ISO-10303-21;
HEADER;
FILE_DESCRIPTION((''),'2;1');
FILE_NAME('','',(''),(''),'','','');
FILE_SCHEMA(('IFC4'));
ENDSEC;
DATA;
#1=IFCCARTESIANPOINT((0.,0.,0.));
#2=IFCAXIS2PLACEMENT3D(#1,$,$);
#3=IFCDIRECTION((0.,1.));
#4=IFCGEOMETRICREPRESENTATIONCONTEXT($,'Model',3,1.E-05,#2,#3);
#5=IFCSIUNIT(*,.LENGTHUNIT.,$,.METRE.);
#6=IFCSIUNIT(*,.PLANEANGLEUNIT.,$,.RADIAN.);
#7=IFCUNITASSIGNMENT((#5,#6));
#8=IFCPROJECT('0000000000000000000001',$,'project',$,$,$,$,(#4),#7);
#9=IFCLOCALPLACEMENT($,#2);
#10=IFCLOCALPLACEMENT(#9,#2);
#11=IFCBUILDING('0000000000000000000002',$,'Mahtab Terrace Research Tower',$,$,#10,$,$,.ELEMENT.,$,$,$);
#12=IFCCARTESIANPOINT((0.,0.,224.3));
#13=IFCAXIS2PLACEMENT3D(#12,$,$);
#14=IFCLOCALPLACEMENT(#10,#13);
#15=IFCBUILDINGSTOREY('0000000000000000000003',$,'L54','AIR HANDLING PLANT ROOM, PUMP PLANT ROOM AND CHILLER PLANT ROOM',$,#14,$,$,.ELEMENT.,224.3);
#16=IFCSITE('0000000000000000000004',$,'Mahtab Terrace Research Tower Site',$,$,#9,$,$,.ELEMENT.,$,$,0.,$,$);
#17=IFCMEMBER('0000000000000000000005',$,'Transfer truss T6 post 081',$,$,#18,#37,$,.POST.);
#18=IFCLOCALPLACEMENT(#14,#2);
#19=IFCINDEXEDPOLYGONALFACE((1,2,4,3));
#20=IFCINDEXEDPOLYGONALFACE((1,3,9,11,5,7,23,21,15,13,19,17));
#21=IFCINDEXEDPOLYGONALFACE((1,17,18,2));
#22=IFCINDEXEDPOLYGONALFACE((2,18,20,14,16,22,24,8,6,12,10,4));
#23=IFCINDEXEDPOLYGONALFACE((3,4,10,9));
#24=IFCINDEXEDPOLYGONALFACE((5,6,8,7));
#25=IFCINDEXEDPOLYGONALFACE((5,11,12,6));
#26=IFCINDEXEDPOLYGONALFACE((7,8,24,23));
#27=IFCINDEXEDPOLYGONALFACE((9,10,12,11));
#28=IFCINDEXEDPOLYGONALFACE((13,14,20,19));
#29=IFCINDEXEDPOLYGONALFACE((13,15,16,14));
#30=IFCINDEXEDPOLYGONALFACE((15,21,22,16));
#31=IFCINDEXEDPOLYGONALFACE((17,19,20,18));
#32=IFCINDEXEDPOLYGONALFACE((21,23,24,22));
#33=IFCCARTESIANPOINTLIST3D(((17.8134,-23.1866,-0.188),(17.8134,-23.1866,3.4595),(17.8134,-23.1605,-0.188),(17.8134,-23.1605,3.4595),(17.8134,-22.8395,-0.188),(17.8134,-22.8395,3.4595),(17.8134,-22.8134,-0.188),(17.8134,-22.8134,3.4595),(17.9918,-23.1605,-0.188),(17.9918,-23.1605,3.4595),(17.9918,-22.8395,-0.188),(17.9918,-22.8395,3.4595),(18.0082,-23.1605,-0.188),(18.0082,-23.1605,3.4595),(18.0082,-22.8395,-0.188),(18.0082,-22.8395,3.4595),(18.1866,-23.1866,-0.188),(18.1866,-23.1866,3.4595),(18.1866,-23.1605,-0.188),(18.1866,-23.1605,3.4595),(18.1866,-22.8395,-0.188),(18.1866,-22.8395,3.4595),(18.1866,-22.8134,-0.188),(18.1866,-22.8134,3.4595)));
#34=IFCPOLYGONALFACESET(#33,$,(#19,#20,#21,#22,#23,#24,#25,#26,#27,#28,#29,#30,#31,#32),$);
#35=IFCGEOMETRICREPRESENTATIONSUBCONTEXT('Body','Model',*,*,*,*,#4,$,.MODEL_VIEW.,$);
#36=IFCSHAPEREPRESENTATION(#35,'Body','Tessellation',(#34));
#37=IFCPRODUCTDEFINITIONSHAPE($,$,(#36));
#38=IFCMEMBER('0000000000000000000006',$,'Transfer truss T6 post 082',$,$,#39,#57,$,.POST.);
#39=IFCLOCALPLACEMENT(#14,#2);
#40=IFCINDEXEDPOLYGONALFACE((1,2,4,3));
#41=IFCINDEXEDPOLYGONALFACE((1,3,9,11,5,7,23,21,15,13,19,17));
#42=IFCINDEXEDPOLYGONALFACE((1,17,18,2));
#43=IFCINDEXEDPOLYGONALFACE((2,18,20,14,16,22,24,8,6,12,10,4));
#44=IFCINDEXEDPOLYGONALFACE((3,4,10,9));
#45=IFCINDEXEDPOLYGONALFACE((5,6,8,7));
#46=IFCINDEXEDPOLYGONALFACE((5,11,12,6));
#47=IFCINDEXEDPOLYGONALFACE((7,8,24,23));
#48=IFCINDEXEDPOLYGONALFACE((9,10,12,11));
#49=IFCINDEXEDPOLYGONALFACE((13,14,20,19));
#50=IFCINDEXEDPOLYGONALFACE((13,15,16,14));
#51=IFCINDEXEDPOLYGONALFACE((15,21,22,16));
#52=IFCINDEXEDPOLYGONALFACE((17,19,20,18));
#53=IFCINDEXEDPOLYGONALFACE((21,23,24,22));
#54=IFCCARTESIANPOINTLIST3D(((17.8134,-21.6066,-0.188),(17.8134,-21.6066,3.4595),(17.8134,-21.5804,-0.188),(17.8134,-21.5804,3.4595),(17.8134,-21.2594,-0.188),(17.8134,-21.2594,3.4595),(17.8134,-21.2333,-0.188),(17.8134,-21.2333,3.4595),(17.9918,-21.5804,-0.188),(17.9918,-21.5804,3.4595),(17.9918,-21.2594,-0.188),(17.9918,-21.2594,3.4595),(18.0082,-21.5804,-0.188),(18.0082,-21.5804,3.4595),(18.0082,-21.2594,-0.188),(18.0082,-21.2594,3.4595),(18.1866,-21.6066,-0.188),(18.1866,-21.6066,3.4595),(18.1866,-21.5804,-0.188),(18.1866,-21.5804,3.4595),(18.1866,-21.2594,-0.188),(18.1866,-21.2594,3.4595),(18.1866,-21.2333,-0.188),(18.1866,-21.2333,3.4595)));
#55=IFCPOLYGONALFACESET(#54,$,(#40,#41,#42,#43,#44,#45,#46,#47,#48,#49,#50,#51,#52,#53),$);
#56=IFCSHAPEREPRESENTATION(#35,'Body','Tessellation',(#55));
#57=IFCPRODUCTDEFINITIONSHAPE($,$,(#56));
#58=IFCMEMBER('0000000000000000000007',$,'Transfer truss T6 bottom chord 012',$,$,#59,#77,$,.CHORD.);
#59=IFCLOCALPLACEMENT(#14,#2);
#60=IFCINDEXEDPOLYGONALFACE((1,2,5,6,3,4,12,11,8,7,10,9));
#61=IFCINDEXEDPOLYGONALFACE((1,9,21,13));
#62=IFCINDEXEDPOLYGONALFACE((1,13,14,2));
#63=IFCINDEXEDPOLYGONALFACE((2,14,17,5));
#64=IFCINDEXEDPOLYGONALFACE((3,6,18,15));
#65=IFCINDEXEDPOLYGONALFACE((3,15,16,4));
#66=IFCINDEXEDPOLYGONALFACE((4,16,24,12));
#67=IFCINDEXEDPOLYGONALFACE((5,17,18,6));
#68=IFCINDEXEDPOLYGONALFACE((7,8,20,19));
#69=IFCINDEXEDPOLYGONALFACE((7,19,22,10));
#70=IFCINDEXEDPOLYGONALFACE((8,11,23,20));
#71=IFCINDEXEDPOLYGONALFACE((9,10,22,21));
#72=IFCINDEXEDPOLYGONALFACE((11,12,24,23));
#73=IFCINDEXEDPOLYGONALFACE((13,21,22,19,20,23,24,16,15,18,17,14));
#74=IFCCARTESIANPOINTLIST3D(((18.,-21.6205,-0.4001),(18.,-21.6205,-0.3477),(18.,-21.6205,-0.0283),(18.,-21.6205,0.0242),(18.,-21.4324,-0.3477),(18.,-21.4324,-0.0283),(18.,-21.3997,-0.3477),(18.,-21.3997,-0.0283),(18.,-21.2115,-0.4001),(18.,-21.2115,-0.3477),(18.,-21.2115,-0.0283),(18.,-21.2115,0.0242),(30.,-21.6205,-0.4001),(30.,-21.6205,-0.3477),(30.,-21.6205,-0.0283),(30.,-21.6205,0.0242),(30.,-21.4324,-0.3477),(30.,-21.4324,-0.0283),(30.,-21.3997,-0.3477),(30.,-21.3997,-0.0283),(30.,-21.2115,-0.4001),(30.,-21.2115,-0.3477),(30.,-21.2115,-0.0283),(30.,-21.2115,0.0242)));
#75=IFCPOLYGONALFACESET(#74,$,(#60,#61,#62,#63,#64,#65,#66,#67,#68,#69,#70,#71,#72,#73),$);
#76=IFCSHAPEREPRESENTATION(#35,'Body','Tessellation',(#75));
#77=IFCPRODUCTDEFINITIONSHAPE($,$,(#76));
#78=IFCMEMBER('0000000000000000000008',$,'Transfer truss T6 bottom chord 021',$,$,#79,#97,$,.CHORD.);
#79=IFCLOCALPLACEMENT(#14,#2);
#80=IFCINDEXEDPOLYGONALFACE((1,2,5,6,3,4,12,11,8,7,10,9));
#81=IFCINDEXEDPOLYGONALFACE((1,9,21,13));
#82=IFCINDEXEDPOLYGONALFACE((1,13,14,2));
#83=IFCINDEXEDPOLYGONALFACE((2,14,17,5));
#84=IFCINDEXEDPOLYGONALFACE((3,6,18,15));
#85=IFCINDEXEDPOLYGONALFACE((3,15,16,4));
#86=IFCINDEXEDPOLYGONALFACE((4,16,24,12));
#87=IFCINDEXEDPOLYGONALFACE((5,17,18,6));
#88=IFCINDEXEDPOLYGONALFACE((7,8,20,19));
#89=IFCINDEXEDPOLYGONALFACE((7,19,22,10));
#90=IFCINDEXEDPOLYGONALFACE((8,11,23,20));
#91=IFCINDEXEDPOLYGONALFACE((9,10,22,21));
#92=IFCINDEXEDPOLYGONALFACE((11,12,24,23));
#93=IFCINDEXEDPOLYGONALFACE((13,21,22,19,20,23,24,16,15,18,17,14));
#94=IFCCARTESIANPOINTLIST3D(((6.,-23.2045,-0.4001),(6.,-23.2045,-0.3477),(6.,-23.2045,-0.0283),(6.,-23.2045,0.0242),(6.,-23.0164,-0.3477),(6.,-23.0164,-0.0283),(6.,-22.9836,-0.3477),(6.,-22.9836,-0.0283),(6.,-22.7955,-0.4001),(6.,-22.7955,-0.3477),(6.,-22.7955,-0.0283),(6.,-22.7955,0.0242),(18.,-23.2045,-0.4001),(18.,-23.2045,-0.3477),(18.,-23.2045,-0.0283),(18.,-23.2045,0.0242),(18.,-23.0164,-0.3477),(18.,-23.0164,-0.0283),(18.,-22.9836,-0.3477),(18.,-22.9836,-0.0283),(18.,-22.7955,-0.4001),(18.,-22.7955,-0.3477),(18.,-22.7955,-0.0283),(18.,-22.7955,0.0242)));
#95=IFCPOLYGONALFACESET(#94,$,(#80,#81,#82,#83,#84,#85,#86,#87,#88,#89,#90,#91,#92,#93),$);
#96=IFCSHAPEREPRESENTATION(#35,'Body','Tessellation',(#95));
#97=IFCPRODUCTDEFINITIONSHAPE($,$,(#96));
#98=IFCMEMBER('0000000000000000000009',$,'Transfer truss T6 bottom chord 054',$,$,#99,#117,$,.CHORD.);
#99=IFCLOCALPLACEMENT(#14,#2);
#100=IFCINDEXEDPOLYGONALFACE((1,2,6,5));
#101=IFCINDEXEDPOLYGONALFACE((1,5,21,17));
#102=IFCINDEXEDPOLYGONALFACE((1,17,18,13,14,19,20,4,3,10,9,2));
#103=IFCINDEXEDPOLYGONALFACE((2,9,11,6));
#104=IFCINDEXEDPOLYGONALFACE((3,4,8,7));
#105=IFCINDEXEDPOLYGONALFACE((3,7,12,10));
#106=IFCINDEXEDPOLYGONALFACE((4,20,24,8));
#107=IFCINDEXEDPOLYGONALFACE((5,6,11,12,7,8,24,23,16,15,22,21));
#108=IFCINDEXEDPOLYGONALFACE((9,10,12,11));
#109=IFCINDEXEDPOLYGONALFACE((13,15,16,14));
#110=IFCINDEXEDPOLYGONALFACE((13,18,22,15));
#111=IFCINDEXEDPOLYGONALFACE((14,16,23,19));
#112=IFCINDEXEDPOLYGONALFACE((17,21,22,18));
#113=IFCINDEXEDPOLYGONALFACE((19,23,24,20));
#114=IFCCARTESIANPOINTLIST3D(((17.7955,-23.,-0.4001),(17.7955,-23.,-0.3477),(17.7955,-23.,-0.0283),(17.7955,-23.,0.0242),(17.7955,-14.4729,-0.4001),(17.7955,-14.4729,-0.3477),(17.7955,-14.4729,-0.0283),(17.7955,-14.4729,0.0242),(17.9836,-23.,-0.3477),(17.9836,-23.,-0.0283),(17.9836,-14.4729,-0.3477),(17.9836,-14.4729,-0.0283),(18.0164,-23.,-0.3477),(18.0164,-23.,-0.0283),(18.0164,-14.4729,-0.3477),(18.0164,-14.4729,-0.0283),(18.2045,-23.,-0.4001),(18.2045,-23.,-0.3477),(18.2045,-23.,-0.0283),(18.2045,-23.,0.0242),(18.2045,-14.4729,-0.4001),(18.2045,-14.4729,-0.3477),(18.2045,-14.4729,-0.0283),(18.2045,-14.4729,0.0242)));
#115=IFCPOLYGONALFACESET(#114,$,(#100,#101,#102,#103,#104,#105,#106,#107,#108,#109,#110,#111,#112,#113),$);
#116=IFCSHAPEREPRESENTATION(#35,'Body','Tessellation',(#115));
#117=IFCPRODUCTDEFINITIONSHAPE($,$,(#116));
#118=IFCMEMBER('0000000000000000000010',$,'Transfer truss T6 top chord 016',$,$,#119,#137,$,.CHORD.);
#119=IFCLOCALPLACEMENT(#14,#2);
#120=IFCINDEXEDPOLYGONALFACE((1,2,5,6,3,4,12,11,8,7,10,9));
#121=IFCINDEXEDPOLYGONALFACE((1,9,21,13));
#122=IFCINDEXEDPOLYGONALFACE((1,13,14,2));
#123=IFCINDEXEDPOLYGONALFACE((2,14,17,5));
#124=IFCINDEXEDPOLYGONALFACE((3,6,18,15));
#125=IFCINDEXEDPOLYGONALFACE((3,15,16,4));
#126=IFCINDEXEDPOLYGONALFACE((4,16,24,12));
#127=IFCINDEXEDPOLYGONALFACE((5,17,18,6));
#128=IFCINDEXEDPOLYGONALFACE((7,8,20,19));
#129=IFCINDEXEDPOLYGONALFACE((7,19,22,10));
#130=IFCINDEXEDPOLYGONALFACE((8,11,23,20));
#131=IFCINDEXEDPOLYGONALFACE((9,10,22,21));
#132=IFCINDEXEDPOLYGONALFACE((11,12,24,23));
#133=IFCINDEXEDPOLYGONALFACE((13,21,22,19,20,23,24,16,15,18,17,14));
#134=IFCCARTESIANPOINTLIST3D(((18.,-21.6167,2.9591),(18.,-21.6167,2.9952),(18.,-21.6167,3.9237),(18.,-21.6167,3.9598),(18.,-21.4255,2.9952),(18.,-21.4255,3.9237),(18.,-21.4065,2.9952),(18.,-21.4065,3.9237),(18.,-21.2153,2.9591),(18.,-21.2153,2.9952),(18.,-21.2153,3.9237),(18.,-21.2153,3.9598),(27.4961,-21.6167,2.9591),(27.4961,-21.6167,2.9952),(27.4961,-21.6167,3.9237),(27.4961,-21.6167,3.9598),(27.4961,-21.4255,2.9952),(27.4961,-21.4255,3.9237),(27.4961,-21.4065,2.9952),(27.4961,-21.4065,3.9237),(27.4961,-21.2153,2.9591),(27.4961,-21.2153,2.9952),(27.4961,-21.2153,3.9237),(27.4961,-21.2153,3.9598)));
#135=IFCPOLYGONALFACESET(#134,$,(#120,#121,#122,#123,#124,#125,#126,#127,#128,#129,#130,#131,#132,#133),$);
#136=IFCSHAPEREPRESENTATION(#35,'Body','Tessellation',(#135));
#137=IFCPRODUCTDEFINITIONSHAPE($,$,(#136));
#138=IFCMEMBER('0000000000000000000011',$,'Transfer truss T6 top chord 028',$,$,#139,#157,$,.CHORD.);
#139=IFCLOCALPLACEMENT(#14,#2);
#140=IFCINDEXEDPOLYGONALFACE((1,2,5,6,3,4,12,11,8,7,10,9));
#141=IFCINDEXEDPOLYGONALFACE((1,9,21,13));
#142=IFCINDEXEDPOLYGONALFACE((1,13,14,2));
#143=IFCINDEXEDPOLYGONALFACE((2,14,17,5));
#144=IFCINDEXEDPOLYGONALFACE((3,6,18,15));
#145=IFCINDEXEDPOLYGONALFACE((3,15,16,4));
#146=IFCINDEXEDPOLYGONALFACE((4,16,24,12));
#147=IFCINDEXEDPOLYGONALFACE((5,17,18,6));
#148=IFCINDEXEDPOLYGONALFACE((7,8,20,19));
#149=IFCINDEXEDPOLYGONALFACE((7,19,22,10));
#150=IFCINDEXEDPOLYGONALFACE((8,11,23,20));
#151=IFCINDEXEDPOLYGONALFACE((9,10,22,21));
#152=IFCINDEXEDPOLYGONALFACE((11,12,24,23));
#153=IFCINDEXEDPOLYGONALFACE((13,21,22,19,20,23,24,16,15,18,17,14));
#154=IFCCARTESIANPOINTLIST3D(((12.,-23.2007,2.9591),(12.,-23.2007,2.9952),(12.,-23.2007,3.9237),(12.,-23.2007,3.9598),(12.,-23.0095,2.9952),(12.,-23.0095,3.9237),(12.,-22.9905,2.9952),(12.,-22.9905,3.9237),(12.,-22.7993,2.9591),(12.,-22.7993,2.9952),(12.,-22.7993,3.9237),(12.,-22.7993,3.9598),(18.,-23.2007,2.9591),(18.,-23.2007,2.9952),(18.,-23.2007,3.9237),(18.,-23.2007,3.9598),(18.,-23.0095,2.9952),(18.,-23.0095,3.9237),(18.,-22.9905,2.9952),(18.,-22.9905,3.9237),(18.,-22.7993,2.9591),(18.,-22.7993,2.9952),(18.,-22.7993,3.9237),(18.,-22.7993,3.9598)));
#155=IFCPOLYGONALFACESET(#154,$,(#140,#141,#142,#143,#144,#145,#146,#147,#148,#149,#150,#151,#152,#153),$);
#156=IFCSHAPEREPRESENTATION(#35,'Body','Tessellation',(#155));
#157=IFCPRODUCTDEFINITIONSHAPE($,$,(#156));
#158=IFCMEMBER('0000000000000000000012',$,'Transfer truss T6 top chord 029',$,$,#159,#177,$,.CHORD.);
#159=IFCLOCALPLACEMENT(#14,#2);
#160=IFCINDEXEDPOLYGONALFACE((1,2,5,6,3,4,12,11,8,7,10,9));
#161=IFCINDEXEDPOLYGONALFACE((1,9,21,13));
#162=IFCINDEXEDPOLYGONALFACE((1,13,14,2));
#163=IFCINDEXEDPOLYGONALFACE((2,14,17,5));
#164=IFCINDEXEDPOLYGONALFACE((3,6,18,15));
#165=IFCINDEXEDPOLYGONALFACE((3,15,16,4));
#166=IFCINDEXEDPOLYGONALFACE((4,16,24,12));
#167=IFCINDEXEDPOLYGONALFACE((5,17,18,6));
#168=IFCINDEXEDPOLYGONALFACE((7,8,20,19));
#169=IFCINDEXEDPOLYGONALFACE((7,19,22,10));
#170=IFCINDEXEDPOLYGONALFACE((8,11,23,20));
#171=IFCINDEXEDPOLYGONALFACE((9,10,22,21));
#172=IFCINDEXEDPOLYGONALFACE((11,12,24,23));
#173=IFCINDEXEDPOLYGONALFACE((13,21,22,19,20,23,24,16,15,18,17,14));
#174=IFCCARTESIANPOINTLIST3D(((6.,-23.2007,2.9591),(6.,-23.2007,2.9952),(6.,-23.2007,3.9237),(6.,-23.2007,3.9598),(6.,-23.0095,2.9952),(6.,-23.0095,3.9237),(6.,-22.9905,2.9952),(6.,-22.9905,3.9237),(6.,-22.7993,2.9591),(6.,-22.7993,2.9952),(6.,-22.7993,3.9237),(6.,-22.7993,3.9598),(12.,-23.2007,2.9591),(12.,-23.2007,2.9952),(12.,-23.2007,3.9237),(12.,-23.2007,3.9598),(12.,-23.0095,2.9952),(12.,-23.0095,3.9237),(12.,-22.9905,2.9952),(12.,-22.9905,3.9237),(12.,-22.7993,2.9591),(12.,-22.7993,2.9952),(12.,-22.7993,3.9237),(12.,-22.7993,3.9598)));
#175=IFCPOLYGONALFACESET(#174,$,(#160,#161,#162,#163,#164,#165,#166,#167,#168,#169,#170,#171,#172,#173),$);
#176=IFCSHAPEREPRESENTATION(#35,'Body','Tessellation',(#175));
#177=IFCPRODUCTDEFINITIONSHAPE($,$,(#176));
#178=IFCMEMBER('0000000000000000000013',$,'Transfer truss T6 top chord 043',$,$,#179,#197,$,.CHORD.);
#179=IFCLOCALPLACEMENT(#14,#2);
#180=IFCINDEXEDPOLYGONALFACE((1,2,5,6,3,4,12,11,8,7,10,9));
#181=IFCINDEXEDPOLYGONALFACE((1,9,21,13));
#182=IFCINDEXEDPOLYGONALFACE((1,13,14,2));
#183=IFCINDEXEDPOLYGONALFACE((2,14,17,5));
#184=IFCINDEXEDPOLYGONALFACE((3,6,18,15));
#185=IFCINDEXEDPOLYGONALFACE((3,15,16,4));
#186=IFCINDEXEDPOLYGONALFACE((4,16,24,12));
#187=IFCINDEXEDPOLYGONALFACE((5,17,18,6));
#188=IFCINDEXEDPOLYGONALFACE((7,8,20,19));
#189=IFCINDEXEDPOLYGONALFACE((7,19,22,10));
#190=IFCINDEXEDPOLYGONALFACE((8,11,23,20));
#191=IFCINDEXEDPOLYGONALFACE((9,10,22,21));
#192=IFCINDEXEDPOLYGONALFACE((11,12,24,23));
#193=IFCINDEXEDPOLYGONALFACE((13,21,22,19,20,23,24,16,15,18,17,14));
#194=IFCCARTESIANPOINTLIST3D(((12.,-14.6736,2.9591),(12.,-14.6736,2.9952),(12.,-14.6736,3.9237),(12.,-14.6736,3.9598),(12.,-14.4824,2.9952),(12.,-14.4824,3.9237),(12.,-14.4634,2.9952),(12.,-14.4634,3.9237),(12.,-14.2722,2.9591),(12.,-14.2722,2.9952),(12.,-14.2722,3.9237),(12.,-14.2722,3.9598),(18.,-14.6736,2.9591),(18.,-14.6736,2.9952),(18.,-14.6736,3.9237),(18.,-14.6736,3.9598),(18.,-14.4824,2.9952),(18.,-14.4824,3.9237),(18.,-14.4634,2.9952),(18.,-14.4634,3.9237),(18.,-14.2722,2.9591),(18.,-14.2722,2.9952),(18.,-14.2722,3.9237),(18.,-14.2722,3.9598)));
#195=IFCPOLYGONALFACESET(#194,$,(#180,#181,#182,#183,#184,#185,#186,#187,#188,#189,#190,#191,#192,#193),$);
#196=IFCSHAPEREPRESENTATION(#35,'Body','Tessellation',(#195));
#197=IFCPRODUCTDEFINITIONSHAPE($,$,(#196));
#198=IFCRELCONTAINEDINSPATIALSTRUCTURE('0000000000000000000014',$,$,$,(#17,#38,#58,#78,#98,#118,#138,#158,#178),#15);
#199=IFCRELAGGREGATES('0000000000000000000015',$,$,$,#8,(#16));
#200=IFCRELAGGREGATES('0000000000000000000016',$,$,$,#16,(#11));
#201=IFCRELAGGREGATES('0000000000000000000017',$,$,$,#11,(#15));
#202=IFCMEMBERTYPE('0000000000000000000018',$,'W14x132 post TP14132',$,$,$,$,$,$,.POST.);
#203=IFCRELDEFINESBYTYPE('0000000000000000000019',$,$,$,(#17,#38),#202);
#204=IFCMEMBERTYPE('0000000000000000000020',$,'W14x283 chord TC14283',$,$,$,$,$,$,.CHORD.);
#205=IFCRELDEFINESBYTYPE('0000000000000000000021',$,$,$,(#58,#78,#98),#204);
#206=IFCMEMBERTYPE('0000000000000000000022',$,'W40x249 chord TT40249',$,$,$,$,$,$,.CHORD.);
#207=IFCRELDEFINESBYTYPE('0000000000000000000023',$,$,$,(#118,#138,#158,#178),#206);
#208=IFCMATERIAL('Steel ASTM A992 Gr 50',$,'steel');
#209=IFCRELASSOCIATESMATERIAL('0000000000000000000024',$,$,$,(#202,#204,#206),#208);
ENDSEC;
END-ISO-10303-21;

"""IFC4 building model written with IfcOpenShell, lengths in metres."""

from ifc_helpers import new_model, si_unit, direction, frame, origin, origin_2d, place, context, subcontext, project, spatial, i_section, extrude, material, material_profile, profile_set, type_object, element, save


model = new_model("IFC4")

# Units and contexts
model_context = context("Model", 3, precision=1e-05, world=origin(), true_north=direction((0.0, 1.0)))
body_context = subcontext(model_context, "Body", "Model", "MODEL_VIEW")
ifc_project = project(units=[si_unit("LENGTHUNIT", "METRE"), si_unit("PLANEANGLEUNIT", "RADIAN")], contexts=[model_context])

# Site, building, storey
site_placement = place(None, origin())
site = spatial("IfcSite", under=ifc_project, at=site_placement, Name="Mahtab Terrace Research Tower Site", CompositionType="ELEMENT", RefElevation=0.0)
building_placement = place(site_placement, origin())
building = spatial("IfcBuilding", under=site, at=building_placement, Name="Mahtab Terrace Research Tower", CompositionType="ELEMENT")
storey_placement = place(building_placement, frame((0.0, 0.0, 224.3)))
storey = spatial("IfcBuildingStorey", under=building, at=storey_placement, Name="L54", Description="AIR HANDLING PLANT ROOM, PUMP PLANT ROOM AND CHILLER PLANT ROOM", CompositionType="ELEMENT", Elevation=224.3)

# Members
ifc_material_1 = material(Name="Steel ASTM A992 Gr 50", Category="steel")
ifc_material_profile_1 = material_profile(ifc_material_1, i_section(OverallWidth=0.3733, OverallDepth=0.3733, WebThickness=0.0164, FlangeThickness=0.0261, at=origin_2d()), Name="W14X132")
ifc_profile_set_1 = profile_set([ifc_material_profile_1], Name="Steel ASTM A992 Gr 50")
member_type_1 = type_object("IfcMemberType", Name="W14x132 post TP14132", PredefinedType="POST", material=ifc_profile_set_1)
for number, where, z_axis, x_axis, name in (
    (1, (18.0, -23.0, -0.188), (0.0, 0.0, 1.0), (1.0, 0.0, 0.0), "Transfer truss T6 post 081"),
    (2, (18.0, -21.4199, -0.188), (0.0, 0.0, 1.0), (1.0, 0.0, 0.0), "Transfer truss T6 post 082"),
):
    element("IfcMember", number, at=place(storey_placement, frame(where, z_axis=z_axis, x_axis=x_axis)), inside=storey, type_object=member_type_1, Name=name, PredefinedType="POST", context=body_context, shape_type="SweptSolid", body=[
        extrude(i_section(OverallWidth=0.3733, OverallDepth=0.3733, WebThickness=0.0164, FlangeThickness=0.0261, at=origin_2d()), origin(), (0.0, 0.0, 1.0), 3.6475),
    ])
ifc_material_profile_2 = material_profile(ifc_material_1, i_section(OverallWidth=0.4089, OverallDepth=0.4243, WebThickness=0.0327, FlangeThickness=0.0525, at=origin_2d()), Name="W14X283")
ifc_profile_set_2 = profile_set([ifc_material_profile_2], Name="Steel ASTM A992 Gr 50")
member_type_2 = type_object("IfcMemberType", Name="W14x283 chord TC14283", PredefinedType="CHORD", material=ifc_profile_set_2)
for number, where, z_axis, x_axis, name in (
    (3, (18.0, -21.416, -0.188), (1.0, 0.0, 0.0), (0.0, 1.0, 0.0), "Transfer truss T6 bottom chord 012"),
    (4, (18.0, -23.0, -0.188), (-1.0, 0.0, 0.0), (0.0, -1.0, 0.0), "Transfer truss T6 bottom chord 021"),
):
    element("IfcMember", number, at=place(storey_placement, frame(where, z_axis=z_axis, x_axis=x_axis)), inside=storey, type_object=member_type_2, Name=name, PredefinedType="CHORD", context=body_context, shape_type="SweptSolid", body=[
        extrude(i_section(OverallWidth=0.4089, OverallDepth=0.4243, WebThickness=0.0327, FlangeThickness=0.0525, at=origin_2d()), origin(), (0.0, 0.0, 1.0), 12.0),
    ])
member_1_placement = place(storey_placement, frame((18.0, -23.0, -0.188), z_axis=(0.0, 1.0, 0.0), x_axis=(-1.0, 0.0, 0.0)))
element("IfcMember", 5, at=member_1_placement, inside=storey, type_object=member_type_2, Name="Transfer truss T6 bottom chord 054", PredefinedType="CHORD", context=body_context, shape_type="SweptSolid", body=[
    extrude(i_section(OverallWidth=0.4089, OverallDepth=0.4243, WebThickness=0.0327, FlangeThickness=0.0525, at=origin_2d()), origin(), (0.0, 0.0, 1.0), 8.5271),
])
ifc_material_profile_3 = material_profile(ifc_material_1, i_section(OverallWidth=0.4014, OverallDepth=1.0007, WebThickness=0.019, FlangeThickness=0.0361, at=origin_2d()), Name="W40X249")
ifc_profile_set_3 = profile_set([ifc_material_profile_3], Name="Steel ASTM A992 Gr 50")
member_type_3 = type_object("IfcMemberType", Name="W40x249 chord TT40249", PredefinedType="CHORD", material=ifc_profile_set_3)
member_2_placement = place(storey_placement, frame((18.0, -21.416, 3.4595), z_axis=(1.0, 0.0, 0.0), x_axis=(0.0, 1.0, 0.0)))
element("IfcMember", 6, at=member_2_placement, inside=storey, type_object=member_type_3, Name="Transfer truss T6 top chord 016", PredefinedType="CHORD", context=body_context, shape_type="SweptSolid", body=[
    extrude(i_section(OverallWidth=0.4014, OverallDepth=1.0007, WebThickness=0.019, FlangeThickness=0.0361, at=origin_2d()), origin(), (0.0, 0.0, 1.0), 9.4961),
])
for number, where, z_axis, x_axis, name in (
    (7, (18.0, -23.0, 3.4595), (-1.0, 0.0, 0.0), (0.0, -1.0, 0.0), "Transfer truss T6 top chord 028"),
    (8, (12.0, -23.0, 3.4595), (-1.0, 0.0, 0.0), (0.0, -1.0, 0.0), "Transfer truss T6 top chord 029"),
    (9, (12.0, -14.4729, 3.4595), (1.0, 0.0, 0.0), (0.0, 1.0, 0.0), "Transfer truss T6 top chord 043"),
):
    element("IfcMember", number, at=place(storey_placement, frame(where, z_axis=z_axis, x_axis=x_axis)), inside=storey, type_object=member_type_3, Name=name, PredefinedType="CHORD", context=body_context, shape_type="SweptSolid", body=[
        extrude(i_section(OverallWidth=0.4014, OverallDepth=1.0007, WebThickness=0.019, FlangeThickness=0.0361, at=origin_2d()), origin(), (0.0, 0.0, 1.0), 6.0),
    ])

save(model, "model.ifc")
